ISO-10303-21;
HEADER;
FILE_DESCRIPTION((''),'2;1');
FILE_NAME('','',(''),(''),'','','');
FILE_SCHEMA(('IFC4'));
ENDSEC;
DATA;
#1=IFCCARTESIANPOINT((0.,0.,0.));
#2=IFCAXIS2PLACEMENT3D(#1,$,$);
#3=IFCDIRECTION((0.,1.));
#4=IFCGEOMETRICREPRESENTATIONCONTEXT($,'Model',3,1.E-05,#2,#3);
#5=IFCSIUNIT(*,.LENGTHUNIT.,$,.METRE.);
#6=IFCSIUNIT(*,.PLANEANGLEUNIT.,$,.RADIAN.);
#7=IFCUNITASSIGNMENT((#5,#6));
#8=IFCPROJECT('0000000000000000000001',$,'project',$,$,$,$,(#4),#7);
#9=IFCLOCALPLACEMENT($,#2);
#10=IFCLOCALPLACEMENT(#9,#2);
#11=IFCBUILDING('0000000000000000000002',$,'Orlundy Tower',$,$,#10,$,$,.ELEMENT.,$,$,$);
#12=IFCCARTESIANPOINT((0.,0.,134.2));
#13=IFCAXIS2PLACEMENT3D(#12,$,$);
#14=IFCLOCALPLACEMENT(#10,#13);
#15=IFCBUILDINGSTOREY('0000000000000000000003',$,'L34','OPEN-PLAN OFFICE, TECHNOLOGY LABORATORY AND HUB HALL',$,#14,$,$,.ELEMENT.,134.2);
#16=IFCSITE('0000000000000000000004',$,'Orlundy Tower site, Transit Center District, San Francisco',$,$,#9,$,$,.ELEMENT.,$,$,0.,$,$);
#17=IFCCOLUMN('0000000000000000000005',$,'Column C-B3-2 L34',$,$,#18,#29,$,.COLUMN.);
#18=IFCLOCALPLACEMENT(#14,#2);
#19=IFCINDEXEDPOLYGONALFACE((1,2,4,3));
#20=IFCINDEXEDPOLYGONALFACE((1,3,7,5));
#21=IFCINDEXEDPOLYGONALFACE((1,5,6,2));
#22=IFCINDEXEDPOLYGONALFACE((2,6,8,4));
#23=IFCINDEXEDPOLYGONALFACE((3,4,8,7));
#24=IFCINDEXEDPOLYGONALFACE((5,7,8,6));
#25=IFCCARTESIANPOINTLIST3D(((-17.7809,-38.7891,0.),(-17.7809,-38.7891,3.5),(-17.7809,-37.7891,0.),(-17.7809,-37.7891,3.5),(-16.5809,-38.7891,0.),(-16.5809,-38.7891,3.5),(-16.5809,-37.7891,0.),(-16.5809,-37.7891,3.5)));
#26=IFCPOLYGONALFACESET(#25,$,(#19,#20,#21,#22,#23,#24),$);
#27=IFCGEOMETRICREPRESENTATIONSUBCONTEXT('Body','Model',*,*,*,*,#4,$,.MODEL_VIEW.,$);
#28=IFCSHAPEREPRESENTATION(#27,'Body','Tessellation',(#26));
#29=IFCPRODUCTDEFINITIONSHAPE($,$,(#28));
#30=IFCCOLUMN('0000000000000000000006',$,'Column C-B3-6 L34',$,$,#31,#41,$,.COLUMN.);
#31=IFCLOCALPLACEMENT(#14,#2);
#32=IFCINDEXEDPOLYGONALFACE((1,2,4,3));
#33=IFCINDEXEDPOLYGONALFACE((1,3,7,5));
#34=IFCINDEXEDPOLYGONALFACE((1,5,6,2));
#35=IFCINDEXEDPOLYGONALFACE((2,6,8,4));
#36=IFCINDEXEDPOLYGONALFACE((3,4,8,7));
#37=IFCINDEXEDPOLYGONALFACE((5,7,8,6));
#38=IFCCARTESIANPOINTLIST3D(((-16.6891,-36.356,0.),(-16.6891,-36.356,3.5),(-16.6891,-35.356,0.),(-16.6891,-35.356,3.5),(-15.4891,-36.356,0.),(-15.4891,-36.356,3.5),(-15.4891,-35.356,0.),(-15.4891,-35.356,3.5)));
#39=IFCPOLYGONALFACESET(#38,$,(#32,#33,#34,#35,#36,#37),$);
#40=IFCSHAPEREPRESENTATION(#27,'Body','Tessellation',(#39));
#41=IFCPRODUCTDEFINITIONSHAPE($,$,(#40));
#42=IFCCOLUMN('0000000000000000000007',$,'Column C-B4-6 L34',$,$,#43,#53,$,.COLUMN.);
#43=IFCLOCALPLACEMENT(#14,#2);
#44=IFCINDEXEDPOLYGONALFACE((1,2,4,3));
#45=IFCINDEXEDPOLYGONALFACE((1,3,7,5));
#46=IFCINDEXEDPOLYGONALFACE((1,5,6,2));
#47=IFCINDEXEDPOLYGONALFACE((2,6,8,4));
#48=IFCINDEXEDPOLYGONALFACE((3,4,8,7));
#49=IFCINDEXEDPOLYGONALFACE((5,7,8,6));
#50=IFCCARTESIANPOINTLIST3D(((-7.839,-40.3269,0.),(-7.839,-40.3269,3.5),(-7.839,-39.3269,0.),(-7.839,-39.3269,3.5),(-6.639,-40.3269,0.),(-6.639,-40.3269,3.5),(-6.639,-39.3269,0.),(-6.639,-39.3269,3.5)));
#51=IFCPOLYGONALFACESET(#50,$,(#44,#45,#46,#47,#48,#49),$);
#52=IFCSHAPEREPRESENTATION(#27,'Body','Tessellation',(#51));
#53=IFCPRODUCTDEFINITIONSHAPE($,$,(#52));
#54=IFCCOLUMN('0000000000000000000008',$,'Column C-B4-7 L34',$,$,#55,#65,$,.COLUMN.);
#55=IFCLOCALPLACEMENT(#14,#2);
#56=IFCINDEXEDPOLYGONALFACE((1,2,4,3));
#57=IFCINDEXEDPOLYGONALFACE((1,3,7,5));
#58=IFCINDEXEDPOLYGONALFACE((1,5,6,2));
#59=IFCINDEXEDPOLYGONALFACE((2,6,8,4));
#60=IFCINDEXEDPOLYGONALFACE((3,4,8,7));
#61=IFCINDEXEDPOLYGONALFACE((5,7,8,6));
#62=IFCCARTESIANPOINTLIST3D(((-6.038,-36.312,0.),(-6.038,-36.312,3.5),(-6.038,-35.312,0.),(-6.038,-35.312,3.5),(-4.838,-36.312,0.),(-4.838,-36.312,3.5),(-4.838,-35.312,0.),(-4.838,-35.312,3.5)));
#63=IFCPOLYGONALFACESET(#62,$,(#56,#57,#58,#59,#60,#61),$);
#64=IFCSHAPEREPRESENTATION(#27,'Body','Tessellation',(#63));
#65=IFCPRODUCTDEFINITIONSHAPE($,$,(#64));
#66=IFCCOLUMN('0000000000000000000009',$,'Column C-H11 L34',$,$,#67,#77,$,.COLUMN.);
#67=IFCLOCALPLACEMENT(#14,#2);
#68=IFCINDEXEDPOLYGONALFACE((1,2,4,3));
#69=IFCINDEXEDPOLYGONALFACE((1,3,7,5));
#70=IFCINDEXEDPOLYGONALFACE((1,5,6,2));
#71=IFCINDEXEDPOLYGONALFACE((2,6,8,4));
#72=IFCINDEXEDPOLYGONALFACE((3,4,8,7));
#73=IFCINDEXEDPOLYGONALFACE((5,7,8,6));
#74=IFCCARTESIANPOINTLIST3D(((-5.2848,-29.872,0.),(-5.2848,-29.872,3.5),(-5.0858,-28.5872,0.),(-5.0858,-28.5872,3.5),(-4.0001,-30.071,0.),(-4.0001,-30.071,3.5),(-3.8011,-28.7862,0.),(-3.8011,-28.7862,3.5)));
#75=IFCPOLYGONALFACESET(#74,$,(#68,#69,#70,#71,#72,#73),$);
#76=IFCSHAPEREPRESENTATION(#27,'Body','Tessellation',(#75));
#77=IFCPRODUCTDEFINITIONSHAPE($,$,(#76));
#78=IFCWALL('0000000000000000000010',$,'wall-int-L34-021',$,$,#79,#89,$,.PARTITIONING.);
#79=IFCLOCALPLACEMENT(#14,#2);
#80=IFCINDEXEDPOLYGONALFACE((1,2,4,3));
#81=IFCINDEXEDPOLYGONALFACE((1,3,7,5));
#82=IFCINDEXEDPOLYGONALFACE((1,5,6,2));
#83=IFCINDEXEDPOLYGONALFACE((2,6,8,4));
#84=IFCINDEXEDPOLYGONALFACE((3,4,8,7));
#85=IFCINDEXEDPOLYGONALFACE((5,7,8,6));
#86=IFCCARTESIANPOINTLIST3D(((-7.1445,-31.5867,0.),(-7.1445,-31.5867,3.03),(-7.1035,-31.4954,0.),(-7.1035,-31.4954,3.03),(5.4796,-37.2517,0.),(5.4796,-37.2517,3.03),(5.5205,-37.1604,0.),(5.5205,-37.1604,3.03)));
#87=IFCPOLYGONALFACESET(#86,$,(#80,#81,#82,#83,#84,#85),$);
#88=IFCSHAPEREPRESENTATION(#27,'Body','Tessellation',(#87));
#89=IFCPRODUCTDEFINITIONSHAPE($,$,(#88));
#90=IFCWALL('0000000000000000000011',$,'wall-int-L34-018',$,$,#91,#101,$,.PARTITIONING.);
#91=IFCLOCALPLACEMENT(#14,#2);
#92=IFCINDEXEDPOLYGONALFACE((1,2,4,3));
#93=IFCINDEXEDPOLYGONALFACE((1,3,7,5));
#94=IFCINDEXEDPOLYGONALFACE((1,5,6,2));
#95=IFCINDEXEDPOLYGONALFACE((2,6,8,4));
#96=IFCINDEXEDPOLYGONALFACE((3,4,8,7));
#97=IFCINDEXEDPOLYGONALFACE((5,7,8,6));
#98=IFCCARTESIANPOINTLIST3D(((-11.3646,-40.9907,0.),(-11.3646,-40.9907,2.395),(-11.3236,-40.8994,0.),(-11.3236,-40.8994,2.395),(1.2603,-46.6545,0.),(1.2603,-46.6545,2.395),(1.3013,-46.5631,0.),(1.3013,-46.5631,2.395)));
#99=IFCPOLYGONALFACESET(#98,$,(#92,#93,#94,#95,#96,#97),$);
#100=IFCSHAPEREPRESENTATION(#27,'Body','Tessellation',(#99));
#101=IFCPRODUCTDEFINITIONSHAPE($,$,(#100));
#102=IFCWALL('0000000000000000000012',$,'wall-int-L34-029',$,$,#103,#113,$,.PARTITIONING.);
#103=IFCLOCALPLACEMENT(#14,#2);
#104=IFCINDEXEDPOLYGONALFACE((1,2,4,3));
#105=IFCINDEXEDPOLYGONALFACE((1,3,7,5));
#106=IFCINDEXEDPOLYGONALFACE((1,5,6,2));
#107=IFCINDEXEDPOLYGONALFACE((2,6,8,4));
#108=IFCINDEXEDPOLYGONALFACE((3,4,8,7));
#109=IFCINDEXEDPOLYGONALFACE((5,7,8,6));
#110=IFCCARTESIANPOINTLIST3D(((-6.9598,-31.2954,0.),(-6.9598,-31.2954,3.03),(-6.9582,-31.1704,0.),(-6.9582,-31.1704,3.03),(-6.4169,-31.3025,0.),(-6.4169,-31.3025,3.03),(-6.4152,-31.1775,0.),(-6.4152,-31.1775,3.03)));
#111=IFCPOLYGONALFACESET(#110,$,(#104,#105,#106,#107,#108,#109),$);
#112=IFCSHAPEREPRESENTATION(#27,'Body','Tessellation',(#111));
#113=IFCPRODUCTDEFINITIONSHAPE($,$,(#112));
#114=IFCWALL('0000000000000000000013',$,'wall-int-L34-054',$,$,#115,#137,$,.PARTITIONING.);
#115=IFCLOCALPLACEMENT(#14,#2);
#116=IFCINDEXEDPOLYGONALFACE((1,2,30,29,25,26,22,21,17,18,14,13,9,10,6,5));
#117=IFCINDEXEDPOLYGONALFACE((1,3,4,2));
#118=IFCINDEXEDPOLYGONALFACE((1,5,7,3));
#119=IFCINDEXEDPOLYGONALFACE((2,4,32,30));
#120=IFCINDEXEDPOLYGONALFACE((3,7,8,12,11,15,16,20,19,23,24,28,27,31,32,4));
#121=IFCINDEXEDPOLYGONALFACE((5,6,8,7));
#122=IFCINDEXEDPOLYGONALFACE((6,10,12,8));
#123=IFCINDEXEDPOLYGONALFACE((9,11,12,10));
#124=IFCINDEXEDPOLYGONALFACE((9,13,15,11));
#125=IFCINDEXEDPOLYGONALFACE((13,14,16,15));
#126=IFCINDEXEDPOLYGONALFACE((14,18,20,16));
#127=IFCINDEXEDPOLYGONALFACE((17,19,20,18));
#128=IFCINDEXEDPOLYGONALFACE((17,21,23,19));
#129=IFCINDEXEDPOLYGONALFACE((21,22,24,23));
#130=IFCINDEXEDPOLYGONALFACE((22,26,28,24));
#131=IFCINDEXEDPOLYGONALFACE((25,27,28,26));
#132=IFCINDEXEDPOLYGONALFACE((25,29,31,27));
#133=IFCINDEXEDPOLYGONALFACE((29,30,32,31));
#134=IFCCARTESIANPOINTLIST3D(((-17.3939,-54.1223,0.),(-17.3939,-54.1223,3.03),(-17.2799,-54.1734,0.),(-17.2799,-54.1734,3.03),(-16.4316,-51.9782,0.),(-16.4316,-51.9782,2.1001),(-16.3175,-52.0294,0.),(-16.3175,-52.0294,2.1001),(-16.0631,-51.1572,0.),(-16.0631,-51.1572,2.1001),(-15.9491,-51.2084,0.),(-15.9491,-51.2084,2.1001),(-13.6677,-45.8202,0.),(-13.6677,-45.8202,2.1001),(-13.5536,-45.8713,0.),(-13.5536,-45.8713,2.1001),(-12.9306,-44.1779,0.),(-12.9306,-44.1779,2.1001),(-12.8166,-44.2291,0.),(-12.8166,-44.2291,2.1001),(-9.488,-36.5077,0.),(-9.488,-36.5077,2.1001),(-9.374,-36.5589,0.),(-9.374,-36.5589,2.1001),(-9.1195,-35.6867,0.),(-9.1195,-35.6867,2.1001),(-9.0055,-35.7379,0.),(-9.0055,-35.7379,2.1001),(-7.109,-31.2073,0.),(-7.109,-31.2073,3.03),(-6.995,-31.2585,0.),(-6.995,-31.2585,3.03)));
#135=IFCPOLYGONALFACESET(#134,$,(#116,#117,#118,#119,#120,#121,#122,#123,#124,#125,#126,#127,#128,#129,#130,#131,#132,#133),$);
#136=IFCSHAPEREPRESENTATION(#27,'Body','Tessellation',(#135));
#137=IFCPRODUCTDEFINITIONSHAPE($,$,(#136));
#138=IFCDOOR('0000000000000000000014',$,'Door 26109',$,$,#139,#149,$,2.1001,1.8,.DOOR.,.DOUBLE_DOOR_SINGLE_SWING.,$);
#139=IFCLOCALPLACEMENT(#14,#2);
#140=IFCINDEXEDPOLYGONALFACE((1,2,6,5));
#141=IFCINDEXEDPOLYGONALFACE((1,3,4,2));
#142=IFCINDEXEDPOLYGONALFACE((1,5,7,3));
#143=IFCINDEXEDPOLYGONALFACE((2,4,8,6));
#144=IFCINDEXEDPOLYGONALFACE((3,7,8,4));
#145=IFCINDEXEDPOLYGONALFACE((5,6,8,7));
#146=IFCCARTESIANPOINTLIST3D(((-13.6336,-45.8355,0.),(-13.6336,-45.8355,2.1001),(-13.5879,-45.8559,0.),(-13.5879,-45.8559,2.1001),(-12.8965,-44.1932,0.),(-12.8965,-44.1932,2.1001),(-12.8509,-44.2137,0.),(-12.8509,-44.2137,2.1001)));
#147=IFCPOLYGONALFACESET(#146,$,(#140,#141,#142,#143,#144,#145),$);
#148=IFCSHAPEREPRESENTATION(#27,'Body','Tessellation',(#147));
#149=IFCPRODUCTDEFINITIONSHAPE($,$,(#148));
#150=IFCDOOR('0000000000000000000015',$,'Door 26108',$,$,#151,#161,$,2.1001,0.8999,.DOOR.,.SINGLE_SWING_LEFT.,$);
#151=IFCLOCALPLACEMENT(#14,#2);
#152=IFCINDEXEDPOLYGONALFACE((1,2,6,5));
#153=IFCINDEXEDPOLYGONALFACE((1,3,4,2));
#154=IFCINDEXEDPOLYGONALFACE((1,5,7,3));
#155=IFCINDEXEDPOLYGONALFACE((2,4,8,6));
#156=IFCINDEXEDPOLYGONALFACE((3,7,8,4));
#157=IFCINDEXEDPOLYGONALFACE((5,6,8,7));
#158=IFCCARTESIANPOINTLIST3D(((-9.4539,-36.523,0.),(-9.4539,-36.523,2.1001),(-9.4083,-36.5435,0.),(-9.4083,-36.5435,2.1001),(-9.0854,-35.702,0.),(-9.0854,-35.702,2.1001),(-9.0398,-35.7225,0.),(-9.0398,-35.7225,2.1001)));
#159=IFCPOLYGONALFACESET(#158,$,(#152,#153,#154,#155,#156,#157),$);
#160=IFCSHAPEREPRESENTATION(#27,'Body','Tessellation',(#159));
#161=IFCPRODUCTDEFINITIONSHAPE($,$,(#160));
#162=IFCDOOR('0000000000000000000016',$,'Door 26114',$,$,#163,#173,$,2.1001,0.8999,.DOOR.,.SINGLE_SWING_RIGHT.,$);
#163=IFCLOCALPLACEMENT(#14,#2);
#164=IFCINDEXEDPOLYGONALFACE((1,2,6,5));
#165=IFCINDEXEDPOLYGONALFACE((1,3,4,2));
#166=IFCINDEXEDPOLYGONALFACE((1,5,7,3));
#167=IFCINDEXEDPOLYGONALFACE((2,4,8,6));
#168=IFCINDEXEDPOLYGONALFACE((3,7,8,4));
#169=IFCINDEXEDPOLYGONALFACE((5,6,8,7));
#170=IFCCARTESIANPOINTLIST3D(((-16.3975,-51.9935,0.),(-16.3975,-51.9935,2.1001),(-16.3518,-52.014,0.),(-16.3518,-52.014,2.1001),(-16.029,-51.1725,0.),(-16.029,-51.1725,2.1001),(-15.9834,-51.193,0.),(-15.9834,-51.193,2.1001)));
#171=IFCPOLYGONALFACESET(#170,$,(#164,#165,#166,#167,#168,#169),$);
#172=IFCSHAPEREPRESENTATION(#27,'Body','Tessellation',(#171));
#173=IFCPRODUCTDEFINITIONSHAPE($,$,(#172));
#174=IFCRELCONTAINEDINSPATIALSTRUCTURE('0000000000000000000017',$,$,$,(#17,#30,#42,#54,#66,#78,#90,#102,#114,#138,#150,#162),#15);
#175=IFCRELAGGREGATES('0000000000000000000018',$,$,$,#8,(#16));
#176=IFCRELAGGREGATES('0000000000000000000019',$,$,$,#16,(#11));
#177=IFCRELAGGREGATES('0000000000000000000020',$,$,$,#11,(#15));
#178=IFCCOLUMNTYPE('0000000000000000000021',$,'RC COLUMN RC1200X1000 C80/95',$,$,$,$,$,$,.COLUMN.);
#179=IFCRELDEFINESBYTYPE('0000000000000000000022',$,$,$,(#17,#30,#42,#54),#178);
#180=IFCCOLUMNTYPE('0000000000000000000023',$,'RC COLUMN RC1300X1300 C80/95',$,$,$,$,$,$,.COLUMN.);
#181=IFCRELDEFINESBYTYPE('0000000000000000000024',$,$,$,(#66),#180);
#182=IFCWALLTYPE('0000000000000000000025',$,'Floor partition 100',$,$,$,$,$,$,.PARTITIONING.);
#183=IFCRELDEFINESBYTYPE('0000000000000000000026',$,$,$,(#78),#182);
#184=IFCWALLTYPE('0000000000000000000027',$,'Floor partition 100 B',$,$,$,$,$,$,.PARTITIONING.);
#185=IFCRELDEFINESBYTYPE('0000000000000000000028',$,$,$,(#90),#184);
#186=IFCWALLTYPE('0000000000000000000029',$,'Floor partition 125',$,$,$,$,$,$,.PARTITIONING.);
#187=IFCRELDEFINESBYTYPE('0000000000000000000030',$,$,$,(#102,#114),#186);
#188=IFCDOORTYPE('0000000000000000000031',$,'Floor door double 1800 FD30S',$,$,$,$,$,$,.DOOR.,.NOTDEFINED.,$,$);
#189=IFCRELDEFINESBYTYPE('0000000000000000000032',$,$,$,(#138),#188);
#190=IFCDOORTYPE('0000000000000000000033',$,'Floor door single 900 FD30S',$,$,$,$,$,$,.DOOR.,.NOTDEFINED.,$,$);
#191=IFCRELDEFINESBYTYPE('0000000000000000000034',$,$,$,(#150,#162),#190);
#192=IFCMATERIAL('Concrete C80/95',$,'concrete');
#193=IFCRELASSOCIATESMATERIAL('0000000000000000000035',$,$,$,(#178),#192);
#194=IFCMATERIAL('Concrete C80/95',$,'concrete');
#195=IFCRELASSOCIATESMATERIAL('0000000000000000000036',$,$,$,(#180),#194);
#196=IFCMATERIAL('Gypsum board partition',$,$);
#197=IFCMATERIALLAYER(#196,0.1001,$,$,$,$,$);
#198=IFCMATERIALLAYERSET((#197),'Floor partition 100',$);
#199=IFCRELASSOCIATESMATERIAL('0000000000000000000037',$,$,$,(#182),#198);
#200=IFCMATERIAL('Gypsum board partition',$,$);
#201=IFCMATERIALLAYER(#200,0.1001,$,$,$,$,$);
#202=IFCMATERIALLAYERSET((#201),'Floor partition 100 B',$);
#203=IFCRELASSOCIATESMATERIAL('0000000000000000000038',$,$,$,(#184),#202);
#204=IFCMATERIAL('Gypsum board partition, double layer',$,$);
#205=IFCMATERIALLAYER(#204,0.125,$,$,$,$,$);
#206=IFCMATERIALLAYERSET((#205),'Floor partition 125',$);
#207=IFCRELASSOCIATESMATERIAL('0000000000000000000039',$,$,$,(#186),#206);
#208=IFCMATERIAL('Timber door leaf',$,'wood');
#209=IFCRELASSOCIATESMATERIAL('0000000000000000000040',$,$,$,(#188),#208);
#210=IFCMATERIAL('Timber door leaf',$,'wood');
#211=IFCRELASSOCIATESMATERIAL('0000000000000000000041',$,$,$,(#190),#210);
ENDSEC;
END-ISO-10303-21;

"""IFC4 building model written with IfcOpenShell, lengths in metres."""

from ifc_helpers import new_model, si_unit, direction, frame, frame_2d, origin, origin_2d, place, context, subcontext, project, spatial, rectangle, extrude, material, layer, layer_set, material_profile, profile_set, type_object, element, fill, save


model = new_model("IFC4")

# Units and contexts
model_context = context("Model", 3, precision=1e-05, world=origin(), true_north=direction((0.0, 1.0)))
body_context = subcontext(model_context, "Body", "Model", "MODEL_VIEW")
ifc_project = project(units=[si_unit("LENGTHUNIT", "METRE"), si_unit("PLANEANGLEUNIT", "RADIAN")], contexts=[model_context])

# Site, building, storey
site_placement = place(None, origin())
site = spatial("IfcSite", under=ifc_project, at=site_placement, Name="Orlundy Tower site, Transit Center District, San Francisco", CompositionType="ELEMENT", RefElevation=0.0)
building_placement = place(site_placement, origin())
building = spatial("IfcBuilding", under=site, at=building_placement, Name="Orlundy Tower", CompositionType="ELEMENT")
storey_placement = place(building_placement, frame((0.0, 0.0, 134.2)))
storey = spatial("IfcBuildingStorey", under=building, at=storey_placement, Name="L34", Description="OPEN-PLAN OFFICE, TECHNOLOGY LABORATORY AND HUB HALL", CompositionType="ELEMENT", Elevation=134.2)

# Columns
ifc_material_1 = material(Name="Concrete C80/95", Category="concrete")
ifc_material_profile_1 = material_profile(ifc_material_1, rectangle(XDim=1.2, YDim=1.0, at=origin_2d()), Name="RC1200X1000")
ifc_profile_set_1 = profile_set([ifc_material_profile_1], Name="Concrete C80/95")
column_type_1 = type_object("IfcColumnType", Name="RC COLUMN RC1200X1000 C80/95", PredefinedType="COLUMN", material=ifc_profile_set_1)
for number, where, z_axis, x_axis, name in (
    (1, (-17.1809, -38.2891, 0.0), (0.0, 0.0, 1.0), (1.0, 0.0, 0.0), "Column C-B3-2 L34"),
    (2, (-16.0891, -35.856, 0.0), (0.0, 0.0, 1.0), (1.0, 0.0, 0.0), "Column C-B3-6 L34"),
    (3, (-7.239, -39.8269, 0.0), (0.0, 0.0, 1.0), (1.0, 0.0, 0.0), "Column C-B4-6 L34"),
    (4, (-5.438, -35.812, 0.0), (0.0, 0.0, 1.0), (1.0, 0.0, 0.0), "Column C-B4-7 L34"),
):
    element("IfcColumn", number, at=place(storey_placement, frame(where, z_axis=z_axis, x_axis=x_axis)), inside=storey, type_object=column_type_1, Name=name, PredefinedType="COLUMN", context=body_context, shape_type="SweptSolid", body=[
        extrude(rectangle(XDim=1.2, YDim=1.0, at=origin_2d()), origin(), (0.0, 0.0, 1.0), 3.5),
    ])
ifc_material_2 = material(Name="Concrete C80/95", Category="concrete")
ifc_material_profile_2 = material_profile(ifc_material_2, rectangle(XDim=1.3, YDim=1.3, at=origin_2d()), Name="RC1300X1300")
ifc_profile_set_2 = profile_set([ifc_material_profile_2], Name="Concrete C80/95")
column_type_2 = type_object("IfcColumnType", Name="RC COLUMN RC1300X1300 C80/95", PredefinedType="COLUMN", material=ifc_profile_set_2)
column_placement = place(storey_placement, frame((-4.543, -29.3291, 0.0), z_axis=(0.0, 0.0, 1.0), x_axis=(-0.153072, -0.988215, 0.0)))
element("IfcColumn", 5, at=column_placement, inside=storey, type_object=column_type_2, Name="Column C-H11 L34", PredefinedType="COLUMN", context=body_context, shape_type="SweptSolid", body=[
    extrude(rectangle(XDim=1.3, YDim=1.3, at=origin_2d()), origin(), (0.0, 0.0, 1.0), 3.5),
])

# Walls
ifc_material_3 = material(Name="Gypsum board partition")
ifc_layer_1 = layer(ifc_material_3, 0.1001)
ifc_layer_set_1 = layer_set([ifc_layer_1], Name="Floor partition 100")
wall_type_1 = type_object("IfcWallType", Name="Floor partition 100", PredefinedType="PARTITIONING", material=ifc_layer_set_1)
wall_1_placement = place(storey_placement, frame((-7.124, -31.541, 0.0), z_axis=(0.0, 0.0, 1.0), x_axis=(0.912348, -0.409417, 0.0)))
element("IfcWall", 6, at=wall_1_placement, inside=storey, type_object=wall_type_1, Name="wall-int-L34-021", PredefinedType="PARTITIONING", context=body_context, shape_type="SweptSolid", body=[
    extrude(rectangle(XDim=13.8369, YDim=0.1001, at=frame_2d((6.9185, 0.0))), origin(), (0.0, 0.0, 1.0), 3.03),
])
ifc_material_4 = material(Name="Gypsum board partition")
ifc_layer_2 = layer(ifc_material_4, 0.1001)
ifc_layer_set_2 = layer_set([ifc_layer_2], Name="Floor partition 100 B")
wall_type_2 = type_object("IfcWallType", Name="Floor partition 100 B", PredefinedType="PARTITIONING", material=ifc_layer_set_2)
wall_2_placement = place(storey_placement, frame((-11.344, -40.9451, 0.0), z_axis=(0.0, 0.0, 1.0), x_axis=(0.912392, -0.409317, 0.0)))
element("IfcWall", 7, at=wall_2_placement, inside=storey, type_object=wall_type_2, Name="wall-int-L34-018", PredefinedType="PARTITIONING", context=body_context, shape_type="SweptSolid", body=[
    extrude(rectangle(XDim=13.8372, YDim=0.1001, at=frame_2d((6.9185, 0.0))), origin(), (0.0, 0.0, 1.0), 2.395),
])
ifc_material_5 = material(Name="Gypsum board partition, double layer")
ifc_layer_3 = layer(ifc_material_5, 0.125)
ifc_layer_set_3 = layer_set([ifc_layer_3], Name="Floor partition 125")
wall_type_3 = type_object("IfcWallType", Name="Floor partition 125", PredefinedType="PARTITIONING", material=ifc_layer_set_3)
wall_3_placement = place(storey_placement, frame((-6.959, -31.2329, 0.0), z_axis=(0.0, 0.0, 1.0), x_axis=(0.999915, -0.013038, 0.0)))
element("IfcWall", 8, at=wall_3_placement, inside=storey, type_object=wall_type_3, Name="wall-int-L34-029", PredefinedType="PARTITIONING", context=body_context, shape_type="SweptSolid", body=[
    extrude(rectangle(XDim=0.543, YDim=0.125, at=frame_2d((0.2715, 0.0))), origin(), (0.0, 0.0, 1.0), 3.03),
])

# Wall, openings, doors
wall_4_placement = place(storey_placement, frame((-7.052, -31.2329, 0.0), z_axis=(0.0, 0.0, 1.0), x_axis=(-0.409475, -0.912321, 0.0)))
wall_4 = element("IfcWall", 9, at=wall_4_placement, inside=storey, type_object=wall_type_3, Name="wall-int-L34-054", PredefinedType="PARTITIONING", context=body_context, shape_type="SweptSolid", body=[
    extrude(rectangle(XDim=25.1172, YDim=0.125, at=frame_2d((12.5586, 0.0))), origin(), (0.0, 0.0, 1.0), 3.03),
])
opening_1_placement = place(wall_4_placement, frame((4.9099, 0.0, 0.0)))
opening_1 = element("IfcOpeningElement", 10, at=opening_1_placement, cuts=wall_4, PredefinedType="OPENING", context=body_context, shape_type="SweptSolid", body=[
    extrude(rectangle(XDim=0.8999, YDim=2.1001, at=frame_2d((0.45, 1.05))), frame((0.0, 0.0725, 0.0), z_axis=(0.0, -1.0, 0.0), x_axis=(1.0, 0.0, 0.0)), (0.0, 0.0, 1.0), 0.145),
])
opening_2_placement = place(wall_4_placement, frame((14.2173, 0.0, 0.0)))
opening_2 = element("IfcOpeningElement", 11, at=opening_2_placement, cuts=wall_4, PredefinedType="OPENING", context=body_context, shape_type="SweptSolid", body=[
    extrude(rectangle(XDim=1.8, YDim=2.1001, at=frame_2d((0.8999, 1.05))), frame((0.0, 0.0725, 0.0), z_axis=(0.0, -1.0, 0.0), x_axis=(1.0, 0.0, 0.0)), (0.0, 0.0, 1.0), 0.145),
])
opening_3_placement = place(wall_4_placement, frame((21.8672, 0.0, 0.0)))
opening_3 = element("IfcOpeningElement", 12, at=opening_3_placement, cuts=wall_4, PredefinedType="OPENING", context=body_context, shape_type="SweptSolid", body=[
    extrude(rectangle(XDim=0.8999, YDim=2.1001, at=frame_2d((0.45, 1.05))), frame((0.0, 0.0725, 0.0), z_axis=(0.0, -1.0, 0.0), x_axis=(1.0, 0.0, 0.0)), (0.0, 0.0, 1.0), 0.145),
])
ifc_material_6 = material(Name="Timber door leaf", Category="wood")
door_type_1 = type_object("IfcDoorType", Name="Floor door double 1800 FD30S", OperationType="NOTDEFINED", PredefinedType="DOOR", material=ifc_material_6)
door_1_placement = place(opening_2_placement, origin())
door_1 = element("IfcDoor", 13, at=door_1_placement, inside=storey, type_object=door_type_1, Name="Door 26109", OperationType="DOUBLE_DOOR_SINGLE_SWING", OverallHeight=2.1001, OverallWidth=1.8, PredefinedType="DOOR", context=body_context, shape_type="SweptSolid", body=[
    extrude(rectangle(XDim=1.8, YDim=2.1001, at=frame_2d((0.8999, 1.05))), frame((0.0, 0.0249, 0.0), z_axis=(0.0, -1.0, 0.0), x_axis=(1.0, 0.0, 0.0)), (0.0, 0.0, 1.0), 0.05),
])
fill(opening_2, door_1)
ifc_material_7 = material(Name="Timber door leaf", Category="wood")
door_type_2 = type_object("IfcDoorType", Name="Floor door single 900 FD30S", OperationType="NOTDEFINED", PredefinedType="DOOR", material=ifc_material_7)
door_2_placement = place(opening_1_placement, origin())
door_2 = element("IfcDoor", 14, at=door_2_placement, inside=storey, type_object=door_type_2, Name="Door 26108", OperationType="SINGLE_SWING_LEFT", OverallHeight=2.1001, OverallWidth=0.8999, PredefinedType="DOOR", context=body_context, shape_type="SweptSolid", body=[
    extrude(rectangle(XDim=0.8999, YDim=2.1001, at=frame_2d((0.45, 1.05))), frame((0.0, 0.0249, 0.0), z_axis=(0.0, -1.0, 0.0), x_axis=(1.0, 0.0, 0.0)), (0.0, 0.0, 1.0), 0.05),
])
fill(opening_1, door_2)
door_3_placement = place(opening_3_placement, origin())
door_3 = element("IfcDoor", 15, at=door_3_placement, inside=storey, type_object=door_type_2, Name="Door 26114", OperationType="SINGLE_SWING_RIGHT", OverallHeight=2.1001, OverallWidth=0.8999, PredefinedType="DOOR", context=body_context, shape_type="SweptSolid", body=[
    extrude(rectangle(XDim=0.8999, YDim=2.1001, at=frame_2d((0.45, 1.05))), frame((0.0, 0.0249, 0.0), z_axis=(0.0, -1.0, 0.0), x_axis=(1.0, 0.0, 0.0)), (0.0, 0.0, 1.0), 0.05),
])
fill(opening_3, door_3)

save(model, "model.ifc")
